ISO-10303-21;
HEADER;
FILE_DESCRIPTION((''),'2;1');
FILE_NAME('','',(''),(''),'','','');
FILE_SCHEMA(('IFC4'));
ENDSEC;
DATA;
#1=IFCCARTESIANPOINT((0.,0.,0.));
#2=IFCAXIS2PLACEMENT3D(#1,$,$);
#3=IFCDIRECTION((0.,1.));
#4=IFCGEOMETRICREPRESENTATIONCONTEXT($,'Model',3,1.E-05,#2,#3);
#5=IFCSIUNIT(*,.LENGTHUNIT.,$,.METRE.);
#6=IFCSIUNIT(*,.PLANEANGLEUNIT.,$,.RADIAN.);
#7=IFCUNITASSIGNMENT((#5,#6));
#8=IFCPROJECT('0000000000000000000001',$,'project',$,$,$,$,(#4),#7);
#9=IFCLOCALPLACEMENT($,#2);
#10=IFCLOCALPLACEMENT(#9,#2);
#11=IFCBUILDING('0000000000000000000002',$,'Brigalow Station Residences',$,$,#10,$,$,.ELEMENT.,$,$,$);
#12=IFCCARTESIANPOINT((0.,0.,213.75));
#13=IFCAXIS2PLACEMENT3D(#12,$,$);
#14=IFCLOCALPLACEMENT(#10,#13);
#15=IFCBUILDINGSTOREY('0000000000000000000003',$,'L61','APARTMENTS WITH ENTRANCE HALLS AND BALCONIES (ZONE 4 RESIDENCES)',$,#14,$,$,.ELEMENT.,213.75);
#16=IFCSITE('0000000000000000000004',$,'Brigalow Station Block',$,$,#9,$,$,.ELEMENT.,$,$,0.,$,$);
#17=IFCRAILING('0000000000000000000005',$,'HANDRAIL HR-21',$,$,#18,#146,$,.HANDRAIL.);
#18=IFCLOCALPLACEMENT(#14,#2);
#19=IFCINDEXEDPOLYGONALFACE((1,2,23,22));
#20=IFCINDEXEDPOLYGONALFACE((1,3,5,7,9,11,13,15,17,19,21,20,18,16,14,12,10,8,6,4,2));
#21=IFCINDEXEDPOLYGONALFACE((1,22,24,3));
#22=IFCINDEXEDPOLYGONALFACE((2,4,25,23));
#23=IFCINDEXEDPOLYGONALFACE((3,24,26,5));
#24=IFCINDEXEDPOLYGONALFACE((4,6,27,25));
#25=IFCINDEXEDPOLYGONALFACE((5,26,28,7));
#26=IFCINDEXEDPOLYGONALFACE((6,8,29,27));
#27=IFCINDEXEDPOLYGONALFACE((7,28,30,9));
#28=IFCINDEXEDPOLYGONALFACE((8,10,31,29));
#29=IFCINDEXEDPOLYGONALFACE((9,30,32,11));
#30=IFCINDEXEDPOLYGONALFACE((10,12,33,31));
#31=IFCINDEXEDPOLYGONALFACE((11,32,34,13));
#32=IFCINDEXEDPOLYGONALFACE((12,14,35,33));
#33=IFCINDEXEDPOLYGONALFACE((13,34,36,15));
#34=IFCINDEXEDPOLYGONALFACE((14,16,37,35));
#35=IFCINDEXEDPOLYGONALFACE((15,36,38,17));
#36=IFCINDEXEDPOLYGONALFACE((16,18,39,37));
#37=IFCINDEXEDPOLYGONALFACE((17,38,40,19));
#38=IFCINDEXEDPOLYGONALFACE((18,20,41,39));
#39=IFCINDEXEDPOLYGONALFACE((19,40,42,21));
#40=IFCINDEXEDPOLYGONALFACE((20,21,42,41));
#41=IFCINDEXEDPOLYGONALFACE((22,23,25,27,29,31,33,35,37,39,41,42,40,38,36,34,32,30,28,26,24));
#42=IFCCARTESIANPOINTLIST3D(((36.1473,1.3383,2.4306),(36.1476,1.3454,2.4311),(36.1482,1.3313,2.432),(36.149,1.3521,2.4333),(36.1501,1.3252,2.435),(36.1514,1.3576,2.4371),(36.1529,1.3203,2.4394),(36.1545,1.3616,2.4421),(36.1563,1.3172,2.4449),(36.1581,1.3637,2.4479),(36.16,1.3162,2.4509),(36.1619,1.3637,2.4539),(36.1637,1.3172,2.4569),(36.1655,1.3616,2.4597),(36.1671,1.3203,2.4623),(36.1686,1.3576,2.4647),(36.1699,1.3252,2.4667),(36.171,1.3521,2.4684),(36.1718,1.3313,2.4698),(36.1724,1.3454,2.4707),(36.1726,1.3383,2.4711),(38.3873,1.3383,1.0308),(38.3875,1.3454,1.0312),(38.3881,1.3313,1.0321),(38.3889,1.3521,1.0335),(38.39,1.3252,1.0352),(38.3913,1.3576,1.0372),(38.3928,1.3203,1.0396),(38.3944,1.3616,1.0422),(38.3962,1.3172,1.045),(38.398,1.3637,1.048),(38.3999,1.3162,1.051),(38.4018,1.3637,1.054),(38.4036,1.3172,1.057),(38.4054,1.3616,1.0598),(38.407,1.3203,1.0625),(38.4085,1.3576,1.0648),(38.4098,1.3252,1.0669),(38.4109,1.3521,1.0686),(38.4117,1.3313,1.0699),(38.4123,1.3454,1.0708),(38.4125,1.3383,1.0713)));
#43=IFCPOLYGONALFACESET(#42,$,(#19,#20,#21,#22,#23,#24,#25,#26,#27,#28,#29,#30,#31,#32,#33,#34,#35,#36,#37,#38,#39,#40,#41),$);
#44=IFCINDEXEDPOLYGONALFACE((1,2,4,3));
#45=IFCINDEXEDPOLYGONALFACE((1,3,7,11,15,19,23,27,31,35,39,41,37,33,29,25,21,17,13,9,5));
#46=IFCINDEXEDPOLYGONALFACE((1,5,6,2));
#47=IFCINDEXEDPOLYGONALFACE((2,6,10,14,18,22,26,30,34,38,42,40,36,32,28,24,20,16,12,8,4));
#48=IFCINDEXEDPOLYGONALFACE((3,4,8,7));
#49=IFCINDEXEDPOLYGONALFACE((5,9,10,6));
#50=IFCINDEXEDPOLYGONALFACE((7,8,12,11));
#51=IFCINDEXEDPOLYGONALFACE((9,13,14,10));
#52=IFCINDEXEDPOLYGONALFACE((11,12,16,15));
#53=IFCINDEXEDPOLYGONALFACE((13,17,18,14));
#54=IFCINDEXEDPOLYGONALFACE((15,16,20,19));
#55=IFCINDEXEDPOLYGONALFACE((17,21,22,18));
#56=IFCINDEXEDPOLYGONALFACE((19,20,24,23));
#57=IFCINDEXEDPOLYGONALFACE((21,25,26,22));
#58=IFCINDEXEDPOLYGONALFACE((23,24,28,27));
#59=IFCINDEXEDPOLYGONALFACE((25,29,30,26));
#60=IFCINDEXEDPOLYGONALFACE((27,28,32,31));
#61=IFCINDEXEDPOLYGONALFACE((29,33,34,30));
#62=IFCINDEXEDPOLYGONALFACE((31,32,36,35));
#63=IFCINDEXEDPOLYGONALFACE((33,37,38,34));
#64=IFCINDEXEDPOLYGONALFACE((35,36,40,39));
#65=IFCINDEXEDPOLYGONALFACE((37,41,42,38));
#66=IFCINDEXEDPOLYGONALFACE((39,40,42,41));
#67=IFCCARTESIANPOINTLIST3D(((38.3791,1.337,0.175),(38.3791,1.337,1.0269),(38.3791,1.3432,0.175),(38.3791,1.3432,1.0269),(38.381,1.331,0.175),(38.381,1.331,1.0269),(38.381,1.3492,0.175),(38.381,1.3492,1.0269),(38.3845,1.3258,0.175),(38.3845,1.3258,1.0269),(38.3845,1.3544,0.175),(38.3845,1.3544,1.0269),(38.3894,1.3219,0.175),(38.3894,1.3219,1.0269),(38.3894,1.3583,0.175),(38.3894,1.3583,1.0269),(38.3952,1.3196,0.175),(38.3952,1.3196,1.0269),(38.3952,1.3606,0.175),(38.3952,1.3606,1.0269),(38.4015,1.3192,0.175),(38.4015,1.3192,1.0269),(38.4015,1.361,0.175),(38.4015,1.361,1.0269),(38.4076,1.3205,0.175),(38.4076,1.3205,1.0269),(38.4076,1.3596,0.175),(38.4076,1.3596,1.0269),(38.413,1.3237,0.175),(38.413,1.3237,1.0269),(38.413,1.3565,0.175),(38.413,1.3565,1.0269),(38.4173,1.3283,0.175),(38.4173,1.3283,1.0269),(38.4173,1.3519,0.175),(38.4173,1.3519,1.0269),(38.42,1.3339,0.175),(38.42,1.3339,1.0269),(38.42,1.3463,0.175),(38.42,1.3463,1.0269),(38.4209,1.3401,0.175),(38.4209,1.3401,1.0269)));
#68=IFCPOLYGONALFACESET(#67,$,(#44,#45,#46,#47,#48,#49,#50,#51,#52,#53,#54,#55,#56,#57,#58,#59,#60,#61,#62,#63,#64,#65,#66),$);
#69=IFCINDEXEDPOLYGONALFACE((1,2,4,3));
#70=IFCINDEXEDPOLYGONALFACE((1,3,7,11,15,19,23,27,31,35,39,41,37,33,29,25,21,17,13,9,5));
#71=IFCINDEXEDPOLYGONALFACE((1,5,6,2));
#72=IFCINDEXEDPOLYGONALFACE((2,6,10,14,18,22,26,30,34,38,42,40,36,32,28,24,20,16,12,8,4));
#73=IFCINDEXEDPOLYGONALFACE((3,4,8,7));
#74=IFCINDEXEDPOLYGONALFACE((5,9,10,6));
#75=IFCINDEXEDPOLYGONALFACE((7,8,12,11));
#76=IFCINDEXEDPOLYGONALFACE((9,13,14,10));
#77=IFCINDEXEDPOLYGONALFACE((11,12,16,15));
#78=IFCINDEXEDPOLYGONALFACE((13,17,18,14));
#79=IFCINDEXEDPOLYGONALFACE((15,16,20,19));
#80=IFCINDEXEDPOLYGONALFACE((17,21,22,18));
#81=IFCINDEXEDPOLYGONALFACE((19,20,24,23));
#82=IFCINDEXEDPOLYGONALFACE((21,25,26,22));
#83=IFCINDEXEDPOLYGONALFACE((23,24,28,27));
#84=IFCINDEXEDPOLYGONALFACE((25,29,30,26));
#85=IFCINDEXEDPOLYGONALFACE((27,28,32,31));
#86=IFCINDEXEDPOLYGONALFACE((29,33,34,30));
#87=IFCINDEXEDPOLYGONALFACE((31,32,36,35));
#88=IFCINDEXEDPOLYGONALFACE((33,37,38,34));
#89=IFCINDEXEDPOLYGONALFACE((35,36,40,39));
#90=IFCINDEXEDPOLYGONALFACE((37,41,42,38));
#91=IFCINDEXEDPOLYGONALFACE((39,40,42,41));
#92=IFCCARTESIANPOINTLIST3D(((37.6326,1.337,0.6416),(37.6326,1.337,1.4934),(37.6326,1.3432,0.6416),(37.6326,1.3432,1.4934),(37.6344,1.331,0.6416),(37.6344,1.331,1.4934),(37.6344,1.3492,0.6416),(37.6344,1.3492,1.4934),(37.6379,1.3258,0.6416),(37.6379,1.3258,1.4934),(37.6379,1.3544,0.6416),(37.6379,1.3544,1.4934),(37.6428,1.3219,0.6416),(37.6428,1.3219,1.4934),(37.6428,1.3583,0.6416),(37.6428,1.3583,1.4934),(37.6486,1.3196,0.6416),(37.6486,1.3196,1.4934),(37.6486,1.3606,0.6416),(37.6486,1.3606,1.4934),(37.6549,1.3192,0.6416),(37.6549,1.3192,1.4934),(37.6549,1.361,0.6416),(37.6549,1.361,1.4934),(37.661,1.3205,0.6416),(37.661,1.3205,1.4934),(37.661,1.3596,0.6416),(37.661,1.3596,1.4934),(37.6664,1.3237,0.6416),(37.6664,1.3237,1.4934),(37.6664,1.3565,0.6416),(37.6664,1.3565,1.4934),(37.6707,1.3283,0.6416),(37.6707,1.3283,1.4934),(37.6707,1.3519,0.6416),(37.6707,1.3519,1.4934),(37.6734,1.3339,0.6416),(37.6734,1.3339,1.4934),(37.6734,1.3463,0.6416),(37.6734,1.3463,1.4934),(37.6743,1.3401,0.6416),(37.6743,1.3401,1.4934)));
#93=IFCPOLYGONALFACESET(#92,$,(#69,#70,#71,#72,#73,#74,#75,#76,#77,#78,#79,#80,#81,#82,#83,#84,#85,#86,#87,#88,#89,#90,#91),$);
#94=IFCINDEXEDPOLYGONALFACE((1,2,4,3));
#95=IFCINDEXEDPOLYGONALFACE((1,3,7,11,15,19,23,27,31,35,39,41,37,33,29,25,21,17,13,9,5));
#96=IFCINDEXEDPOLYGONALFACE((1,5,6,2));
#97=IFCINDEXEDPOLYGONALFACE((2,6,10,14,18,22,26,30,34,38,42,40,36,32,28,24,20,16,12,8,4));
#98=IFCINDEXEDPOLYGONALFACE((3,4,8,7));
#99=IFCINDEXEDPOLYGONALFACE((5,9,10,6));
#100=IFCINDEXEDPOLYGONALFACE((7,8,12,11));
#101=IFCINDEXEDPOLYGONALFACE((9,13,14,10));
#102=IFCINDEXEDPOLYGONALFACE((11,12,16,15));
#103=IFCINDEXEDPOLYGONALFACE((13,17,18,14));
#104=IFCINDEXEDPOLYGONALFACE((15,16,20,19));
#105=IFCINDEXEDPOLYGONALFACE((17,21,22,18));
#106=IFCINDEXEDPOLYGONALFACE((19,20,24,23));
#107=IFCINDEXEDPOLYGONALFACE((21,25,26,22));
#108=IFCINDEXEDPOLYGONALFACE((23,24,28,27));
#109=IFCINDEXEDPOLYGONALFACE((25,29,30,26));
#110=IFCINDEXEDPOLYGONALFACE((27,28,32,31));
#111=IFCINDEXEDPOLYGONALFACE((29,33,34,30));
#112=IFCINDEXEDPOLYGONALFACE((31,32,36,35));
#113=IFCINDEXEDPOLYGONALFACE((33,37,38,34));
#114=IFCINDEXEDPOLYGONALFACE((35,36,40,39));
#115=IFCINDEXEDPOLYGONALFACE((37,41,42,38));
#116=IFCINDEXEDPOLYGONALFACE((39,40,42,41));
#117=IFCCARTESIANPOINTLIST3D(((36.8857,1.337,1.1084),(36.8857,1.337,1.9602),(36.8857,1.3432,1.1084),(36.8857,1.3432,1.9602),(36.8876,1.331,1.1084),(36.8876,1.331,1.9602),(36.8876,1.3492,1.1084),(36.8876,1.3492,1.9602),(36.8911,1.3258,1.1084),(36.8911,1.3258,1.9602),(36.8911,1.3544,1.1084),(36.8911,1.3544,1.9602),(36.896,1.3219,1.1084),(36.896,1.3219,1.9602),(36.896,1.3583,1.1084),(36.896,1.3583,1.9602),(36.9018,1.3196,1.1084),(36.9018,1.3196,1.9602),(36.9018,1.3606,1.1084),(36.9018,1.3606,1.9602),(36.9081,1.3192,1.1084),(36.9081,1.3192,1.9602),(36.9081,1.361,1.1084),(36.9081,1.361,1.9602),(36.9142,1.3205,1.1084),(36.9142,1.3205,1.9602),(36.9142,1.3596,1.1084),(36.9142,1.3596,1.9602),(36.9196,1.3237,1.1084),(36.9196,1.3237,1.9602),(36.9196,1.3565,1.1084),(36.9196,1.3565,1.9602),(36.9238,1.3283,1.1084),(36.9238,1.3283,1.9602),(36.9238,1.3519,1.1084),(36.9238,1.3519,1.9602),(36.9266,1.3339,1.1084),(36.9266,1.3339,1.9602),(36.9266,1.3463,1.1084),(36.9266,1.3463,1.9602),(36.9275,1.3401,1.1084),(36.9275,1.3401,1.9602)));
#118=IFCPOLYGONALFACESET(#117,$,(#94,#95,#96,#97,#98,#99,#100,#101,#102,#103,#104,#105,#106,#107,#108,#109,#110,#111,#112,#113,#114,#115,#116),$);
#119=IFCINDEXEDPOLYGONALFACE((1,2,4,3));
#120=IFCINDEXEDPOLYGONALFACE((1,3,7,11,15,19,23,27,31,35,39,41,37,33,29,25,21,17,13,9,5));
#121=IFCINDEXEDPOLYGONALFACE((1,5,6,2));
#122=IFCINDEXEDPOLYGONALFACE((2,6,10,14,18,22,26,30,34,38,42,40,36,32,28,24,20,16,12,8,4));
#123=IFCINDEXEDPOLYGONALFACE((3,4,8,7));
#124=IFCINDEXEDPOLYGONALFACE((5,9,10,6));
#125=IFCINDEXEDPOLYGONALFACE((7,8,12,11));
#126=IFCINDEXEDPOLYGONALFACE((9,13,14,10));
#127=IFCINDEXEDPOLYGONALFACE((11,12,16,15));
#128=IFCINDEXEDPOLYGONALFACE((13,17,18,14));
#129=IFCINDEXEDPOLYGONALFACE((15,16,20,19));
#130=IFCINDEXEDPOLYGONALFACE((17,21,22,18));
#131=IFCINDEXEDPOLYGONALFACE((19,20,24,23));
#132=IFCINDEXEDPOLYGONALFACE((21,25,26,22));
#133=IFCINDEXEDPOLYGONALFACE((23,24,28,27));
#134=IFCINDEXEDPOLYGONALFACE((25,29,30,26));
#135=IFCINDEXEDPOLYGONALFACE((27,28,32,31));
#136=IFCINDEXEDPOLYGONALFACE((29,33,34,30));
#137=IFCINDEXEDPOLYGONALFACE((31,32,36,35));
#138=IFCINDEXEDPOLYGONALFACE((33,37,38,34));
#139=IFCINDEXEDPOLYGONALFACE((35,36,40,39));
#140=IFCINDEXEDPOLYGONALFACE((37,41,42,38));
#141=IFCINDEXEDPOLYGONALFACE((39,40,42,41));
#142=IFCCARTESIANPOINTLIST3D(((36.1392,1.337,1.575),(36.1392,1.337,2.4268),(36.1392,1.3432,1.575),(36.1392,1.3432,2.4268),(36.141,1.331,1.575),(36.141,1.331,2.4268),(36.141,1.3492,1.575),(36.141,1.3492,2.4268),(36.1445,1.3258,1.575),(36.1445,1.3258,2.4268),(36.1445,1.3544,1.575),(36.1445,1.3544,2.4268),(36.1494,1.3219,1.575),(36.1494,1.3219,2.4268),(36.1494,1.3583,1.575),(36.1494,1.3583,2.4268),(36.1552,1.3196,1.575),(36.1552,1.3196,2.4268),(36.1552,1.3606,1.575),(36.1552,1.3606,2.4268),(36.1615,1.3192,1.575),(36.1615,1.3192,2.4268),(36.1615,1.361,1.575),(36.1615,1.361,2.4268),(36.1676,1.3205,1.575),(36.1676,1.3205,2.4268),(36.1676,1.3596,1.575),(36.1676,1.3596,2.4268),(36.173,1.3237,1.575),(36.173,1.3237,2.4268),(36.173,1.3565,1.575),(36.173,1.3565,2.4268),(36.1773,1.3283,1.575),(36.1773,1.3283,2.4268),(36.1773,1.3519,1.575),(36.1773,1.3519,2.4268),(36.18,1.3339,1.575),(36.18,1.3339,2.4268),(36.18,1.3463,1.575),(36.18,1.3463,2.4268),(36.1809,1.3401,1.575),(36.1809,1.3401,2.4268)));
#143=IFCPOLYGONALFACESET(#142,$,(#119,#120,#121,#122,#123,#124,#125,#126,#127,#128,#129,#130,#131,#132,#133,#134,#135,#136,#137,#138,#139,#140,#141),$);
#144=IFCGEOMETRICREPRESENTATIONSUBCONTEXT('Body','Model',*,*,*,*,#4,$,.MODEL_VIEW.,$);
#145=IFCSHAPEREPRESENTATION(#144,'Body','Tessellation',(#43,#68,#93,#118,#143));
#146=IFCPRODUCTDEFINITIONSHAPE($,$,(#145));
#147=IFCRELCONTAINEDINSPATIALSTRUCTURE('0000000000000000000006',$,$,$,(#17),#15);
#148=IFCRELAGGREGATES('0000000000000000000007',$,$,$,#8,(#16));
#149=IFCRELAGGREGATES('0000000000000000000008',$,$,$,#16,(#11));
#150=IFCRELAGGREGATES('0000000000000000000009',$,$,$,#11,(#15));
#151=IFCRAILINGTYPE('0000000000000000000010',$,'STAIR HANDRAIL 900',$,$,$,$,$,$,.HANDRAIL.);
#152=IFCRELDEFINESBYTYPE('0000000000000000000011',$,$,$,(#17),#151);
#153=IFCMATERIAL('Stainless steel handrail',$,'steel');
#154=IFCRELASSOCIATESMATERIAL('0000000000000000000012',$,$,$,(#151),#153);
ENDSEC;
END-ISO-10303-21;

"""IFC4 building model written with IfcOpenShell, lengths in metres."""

from ifc_helpers import new_model, si_unit, direction, frame, origin, origin_2d, place, context, subcontext, project, spatial, circle, extrude, material, type_object, element, save


model = new_model("IFC4")

# Units and contexts
model_context = context("Model", 3, precision=1e-05, world=origin(), true_north=direction((0.0, 1.0)))
body_context = subcontext(model_context, "Body", "Model", "MODEL_VIEW")
ifc_project = project(units=[si_unit("LENGTHUNIT", "METRE"), si_unit("PLANEANGLEUNIT", "RADIAN")], contexts=[model_context])

# Site, building, storey
site_placement = place(None, origin())
site = spatial("IfcSite", under=ifc_project, at=site_placement, Name="Brigalow Station Block", CompositionType="ELEMENT", RefElevation=0.0)
building_placement = place(site_placement, origin())
building = spatial("IfcBuilding", under=site, at=building_placement, Name="Brigalow Station Residences", CompositionType="ELEMENT")
storey_placement = place(building_placement, frame((0.0, 0.0, 213.75)))
storey = spatial("IfcBuildingStorey", under=building, at=storey_placement, Name="L61", Description="APARTMENTS WITH ENTRANCE HALLS AND BALCONIES (ZONE 4 RESIDENCES)", CompositionType="ELEMENT", Elevation=213.75)

# Railing
ifc_material_1 = material(Name="Stainless steel handrail", Category="steel")
railing_type_1 = type_object("IfcRailingType", Name="STAIR HANDRAIL 900", PredefinedType="HANDRAIL", material=ifc_material_1)
railing_1_placement = place(storey_placement, frame((38.3999, 1.3401, 0.175)))
element("IfcRailing", 1, at=railing_1_placement, inside=storey, type_object=railing_type_1, Name="HANDRAIL HR-21", PredefinedType="HANDRAIL", context=body_context, shape_type="SweptSolid", body=[
    extrude(circle(Radius=0.0239, at=origin_2d()), frame((0.0, 0.0, 0.876), z_axis=(-0.848014, 0.0, 0.529974), x_axis=(0.0, -1.0, 0.0)), (0.0, 0.0, 1.0), 2.6414),
    extrude(circle(Radius=0.021, at=origin_2d()), origin(), (0.0, 0.0, 1.0), 0.8518),
    extrude(circle(Radius=0.021, at=origin_2d()), frame((-0.7466, 0.0, 0.4666)), (0.0, 0.0, 1.0), 0.8518),
    extrude(circle(Radius=0.021, at=origin_2d()), frame((-1.4934, 0.0, 0.9333)), (0.0, 0.0, 1.0), 0.8518),
    extrude(circle(Radius=0.021, at=origin_2d()), frame((-2.24, 0.0, 1.3999)), (0.0, 0.0, 1.0), 0.8518),
])

save(model, "model.ifc")
